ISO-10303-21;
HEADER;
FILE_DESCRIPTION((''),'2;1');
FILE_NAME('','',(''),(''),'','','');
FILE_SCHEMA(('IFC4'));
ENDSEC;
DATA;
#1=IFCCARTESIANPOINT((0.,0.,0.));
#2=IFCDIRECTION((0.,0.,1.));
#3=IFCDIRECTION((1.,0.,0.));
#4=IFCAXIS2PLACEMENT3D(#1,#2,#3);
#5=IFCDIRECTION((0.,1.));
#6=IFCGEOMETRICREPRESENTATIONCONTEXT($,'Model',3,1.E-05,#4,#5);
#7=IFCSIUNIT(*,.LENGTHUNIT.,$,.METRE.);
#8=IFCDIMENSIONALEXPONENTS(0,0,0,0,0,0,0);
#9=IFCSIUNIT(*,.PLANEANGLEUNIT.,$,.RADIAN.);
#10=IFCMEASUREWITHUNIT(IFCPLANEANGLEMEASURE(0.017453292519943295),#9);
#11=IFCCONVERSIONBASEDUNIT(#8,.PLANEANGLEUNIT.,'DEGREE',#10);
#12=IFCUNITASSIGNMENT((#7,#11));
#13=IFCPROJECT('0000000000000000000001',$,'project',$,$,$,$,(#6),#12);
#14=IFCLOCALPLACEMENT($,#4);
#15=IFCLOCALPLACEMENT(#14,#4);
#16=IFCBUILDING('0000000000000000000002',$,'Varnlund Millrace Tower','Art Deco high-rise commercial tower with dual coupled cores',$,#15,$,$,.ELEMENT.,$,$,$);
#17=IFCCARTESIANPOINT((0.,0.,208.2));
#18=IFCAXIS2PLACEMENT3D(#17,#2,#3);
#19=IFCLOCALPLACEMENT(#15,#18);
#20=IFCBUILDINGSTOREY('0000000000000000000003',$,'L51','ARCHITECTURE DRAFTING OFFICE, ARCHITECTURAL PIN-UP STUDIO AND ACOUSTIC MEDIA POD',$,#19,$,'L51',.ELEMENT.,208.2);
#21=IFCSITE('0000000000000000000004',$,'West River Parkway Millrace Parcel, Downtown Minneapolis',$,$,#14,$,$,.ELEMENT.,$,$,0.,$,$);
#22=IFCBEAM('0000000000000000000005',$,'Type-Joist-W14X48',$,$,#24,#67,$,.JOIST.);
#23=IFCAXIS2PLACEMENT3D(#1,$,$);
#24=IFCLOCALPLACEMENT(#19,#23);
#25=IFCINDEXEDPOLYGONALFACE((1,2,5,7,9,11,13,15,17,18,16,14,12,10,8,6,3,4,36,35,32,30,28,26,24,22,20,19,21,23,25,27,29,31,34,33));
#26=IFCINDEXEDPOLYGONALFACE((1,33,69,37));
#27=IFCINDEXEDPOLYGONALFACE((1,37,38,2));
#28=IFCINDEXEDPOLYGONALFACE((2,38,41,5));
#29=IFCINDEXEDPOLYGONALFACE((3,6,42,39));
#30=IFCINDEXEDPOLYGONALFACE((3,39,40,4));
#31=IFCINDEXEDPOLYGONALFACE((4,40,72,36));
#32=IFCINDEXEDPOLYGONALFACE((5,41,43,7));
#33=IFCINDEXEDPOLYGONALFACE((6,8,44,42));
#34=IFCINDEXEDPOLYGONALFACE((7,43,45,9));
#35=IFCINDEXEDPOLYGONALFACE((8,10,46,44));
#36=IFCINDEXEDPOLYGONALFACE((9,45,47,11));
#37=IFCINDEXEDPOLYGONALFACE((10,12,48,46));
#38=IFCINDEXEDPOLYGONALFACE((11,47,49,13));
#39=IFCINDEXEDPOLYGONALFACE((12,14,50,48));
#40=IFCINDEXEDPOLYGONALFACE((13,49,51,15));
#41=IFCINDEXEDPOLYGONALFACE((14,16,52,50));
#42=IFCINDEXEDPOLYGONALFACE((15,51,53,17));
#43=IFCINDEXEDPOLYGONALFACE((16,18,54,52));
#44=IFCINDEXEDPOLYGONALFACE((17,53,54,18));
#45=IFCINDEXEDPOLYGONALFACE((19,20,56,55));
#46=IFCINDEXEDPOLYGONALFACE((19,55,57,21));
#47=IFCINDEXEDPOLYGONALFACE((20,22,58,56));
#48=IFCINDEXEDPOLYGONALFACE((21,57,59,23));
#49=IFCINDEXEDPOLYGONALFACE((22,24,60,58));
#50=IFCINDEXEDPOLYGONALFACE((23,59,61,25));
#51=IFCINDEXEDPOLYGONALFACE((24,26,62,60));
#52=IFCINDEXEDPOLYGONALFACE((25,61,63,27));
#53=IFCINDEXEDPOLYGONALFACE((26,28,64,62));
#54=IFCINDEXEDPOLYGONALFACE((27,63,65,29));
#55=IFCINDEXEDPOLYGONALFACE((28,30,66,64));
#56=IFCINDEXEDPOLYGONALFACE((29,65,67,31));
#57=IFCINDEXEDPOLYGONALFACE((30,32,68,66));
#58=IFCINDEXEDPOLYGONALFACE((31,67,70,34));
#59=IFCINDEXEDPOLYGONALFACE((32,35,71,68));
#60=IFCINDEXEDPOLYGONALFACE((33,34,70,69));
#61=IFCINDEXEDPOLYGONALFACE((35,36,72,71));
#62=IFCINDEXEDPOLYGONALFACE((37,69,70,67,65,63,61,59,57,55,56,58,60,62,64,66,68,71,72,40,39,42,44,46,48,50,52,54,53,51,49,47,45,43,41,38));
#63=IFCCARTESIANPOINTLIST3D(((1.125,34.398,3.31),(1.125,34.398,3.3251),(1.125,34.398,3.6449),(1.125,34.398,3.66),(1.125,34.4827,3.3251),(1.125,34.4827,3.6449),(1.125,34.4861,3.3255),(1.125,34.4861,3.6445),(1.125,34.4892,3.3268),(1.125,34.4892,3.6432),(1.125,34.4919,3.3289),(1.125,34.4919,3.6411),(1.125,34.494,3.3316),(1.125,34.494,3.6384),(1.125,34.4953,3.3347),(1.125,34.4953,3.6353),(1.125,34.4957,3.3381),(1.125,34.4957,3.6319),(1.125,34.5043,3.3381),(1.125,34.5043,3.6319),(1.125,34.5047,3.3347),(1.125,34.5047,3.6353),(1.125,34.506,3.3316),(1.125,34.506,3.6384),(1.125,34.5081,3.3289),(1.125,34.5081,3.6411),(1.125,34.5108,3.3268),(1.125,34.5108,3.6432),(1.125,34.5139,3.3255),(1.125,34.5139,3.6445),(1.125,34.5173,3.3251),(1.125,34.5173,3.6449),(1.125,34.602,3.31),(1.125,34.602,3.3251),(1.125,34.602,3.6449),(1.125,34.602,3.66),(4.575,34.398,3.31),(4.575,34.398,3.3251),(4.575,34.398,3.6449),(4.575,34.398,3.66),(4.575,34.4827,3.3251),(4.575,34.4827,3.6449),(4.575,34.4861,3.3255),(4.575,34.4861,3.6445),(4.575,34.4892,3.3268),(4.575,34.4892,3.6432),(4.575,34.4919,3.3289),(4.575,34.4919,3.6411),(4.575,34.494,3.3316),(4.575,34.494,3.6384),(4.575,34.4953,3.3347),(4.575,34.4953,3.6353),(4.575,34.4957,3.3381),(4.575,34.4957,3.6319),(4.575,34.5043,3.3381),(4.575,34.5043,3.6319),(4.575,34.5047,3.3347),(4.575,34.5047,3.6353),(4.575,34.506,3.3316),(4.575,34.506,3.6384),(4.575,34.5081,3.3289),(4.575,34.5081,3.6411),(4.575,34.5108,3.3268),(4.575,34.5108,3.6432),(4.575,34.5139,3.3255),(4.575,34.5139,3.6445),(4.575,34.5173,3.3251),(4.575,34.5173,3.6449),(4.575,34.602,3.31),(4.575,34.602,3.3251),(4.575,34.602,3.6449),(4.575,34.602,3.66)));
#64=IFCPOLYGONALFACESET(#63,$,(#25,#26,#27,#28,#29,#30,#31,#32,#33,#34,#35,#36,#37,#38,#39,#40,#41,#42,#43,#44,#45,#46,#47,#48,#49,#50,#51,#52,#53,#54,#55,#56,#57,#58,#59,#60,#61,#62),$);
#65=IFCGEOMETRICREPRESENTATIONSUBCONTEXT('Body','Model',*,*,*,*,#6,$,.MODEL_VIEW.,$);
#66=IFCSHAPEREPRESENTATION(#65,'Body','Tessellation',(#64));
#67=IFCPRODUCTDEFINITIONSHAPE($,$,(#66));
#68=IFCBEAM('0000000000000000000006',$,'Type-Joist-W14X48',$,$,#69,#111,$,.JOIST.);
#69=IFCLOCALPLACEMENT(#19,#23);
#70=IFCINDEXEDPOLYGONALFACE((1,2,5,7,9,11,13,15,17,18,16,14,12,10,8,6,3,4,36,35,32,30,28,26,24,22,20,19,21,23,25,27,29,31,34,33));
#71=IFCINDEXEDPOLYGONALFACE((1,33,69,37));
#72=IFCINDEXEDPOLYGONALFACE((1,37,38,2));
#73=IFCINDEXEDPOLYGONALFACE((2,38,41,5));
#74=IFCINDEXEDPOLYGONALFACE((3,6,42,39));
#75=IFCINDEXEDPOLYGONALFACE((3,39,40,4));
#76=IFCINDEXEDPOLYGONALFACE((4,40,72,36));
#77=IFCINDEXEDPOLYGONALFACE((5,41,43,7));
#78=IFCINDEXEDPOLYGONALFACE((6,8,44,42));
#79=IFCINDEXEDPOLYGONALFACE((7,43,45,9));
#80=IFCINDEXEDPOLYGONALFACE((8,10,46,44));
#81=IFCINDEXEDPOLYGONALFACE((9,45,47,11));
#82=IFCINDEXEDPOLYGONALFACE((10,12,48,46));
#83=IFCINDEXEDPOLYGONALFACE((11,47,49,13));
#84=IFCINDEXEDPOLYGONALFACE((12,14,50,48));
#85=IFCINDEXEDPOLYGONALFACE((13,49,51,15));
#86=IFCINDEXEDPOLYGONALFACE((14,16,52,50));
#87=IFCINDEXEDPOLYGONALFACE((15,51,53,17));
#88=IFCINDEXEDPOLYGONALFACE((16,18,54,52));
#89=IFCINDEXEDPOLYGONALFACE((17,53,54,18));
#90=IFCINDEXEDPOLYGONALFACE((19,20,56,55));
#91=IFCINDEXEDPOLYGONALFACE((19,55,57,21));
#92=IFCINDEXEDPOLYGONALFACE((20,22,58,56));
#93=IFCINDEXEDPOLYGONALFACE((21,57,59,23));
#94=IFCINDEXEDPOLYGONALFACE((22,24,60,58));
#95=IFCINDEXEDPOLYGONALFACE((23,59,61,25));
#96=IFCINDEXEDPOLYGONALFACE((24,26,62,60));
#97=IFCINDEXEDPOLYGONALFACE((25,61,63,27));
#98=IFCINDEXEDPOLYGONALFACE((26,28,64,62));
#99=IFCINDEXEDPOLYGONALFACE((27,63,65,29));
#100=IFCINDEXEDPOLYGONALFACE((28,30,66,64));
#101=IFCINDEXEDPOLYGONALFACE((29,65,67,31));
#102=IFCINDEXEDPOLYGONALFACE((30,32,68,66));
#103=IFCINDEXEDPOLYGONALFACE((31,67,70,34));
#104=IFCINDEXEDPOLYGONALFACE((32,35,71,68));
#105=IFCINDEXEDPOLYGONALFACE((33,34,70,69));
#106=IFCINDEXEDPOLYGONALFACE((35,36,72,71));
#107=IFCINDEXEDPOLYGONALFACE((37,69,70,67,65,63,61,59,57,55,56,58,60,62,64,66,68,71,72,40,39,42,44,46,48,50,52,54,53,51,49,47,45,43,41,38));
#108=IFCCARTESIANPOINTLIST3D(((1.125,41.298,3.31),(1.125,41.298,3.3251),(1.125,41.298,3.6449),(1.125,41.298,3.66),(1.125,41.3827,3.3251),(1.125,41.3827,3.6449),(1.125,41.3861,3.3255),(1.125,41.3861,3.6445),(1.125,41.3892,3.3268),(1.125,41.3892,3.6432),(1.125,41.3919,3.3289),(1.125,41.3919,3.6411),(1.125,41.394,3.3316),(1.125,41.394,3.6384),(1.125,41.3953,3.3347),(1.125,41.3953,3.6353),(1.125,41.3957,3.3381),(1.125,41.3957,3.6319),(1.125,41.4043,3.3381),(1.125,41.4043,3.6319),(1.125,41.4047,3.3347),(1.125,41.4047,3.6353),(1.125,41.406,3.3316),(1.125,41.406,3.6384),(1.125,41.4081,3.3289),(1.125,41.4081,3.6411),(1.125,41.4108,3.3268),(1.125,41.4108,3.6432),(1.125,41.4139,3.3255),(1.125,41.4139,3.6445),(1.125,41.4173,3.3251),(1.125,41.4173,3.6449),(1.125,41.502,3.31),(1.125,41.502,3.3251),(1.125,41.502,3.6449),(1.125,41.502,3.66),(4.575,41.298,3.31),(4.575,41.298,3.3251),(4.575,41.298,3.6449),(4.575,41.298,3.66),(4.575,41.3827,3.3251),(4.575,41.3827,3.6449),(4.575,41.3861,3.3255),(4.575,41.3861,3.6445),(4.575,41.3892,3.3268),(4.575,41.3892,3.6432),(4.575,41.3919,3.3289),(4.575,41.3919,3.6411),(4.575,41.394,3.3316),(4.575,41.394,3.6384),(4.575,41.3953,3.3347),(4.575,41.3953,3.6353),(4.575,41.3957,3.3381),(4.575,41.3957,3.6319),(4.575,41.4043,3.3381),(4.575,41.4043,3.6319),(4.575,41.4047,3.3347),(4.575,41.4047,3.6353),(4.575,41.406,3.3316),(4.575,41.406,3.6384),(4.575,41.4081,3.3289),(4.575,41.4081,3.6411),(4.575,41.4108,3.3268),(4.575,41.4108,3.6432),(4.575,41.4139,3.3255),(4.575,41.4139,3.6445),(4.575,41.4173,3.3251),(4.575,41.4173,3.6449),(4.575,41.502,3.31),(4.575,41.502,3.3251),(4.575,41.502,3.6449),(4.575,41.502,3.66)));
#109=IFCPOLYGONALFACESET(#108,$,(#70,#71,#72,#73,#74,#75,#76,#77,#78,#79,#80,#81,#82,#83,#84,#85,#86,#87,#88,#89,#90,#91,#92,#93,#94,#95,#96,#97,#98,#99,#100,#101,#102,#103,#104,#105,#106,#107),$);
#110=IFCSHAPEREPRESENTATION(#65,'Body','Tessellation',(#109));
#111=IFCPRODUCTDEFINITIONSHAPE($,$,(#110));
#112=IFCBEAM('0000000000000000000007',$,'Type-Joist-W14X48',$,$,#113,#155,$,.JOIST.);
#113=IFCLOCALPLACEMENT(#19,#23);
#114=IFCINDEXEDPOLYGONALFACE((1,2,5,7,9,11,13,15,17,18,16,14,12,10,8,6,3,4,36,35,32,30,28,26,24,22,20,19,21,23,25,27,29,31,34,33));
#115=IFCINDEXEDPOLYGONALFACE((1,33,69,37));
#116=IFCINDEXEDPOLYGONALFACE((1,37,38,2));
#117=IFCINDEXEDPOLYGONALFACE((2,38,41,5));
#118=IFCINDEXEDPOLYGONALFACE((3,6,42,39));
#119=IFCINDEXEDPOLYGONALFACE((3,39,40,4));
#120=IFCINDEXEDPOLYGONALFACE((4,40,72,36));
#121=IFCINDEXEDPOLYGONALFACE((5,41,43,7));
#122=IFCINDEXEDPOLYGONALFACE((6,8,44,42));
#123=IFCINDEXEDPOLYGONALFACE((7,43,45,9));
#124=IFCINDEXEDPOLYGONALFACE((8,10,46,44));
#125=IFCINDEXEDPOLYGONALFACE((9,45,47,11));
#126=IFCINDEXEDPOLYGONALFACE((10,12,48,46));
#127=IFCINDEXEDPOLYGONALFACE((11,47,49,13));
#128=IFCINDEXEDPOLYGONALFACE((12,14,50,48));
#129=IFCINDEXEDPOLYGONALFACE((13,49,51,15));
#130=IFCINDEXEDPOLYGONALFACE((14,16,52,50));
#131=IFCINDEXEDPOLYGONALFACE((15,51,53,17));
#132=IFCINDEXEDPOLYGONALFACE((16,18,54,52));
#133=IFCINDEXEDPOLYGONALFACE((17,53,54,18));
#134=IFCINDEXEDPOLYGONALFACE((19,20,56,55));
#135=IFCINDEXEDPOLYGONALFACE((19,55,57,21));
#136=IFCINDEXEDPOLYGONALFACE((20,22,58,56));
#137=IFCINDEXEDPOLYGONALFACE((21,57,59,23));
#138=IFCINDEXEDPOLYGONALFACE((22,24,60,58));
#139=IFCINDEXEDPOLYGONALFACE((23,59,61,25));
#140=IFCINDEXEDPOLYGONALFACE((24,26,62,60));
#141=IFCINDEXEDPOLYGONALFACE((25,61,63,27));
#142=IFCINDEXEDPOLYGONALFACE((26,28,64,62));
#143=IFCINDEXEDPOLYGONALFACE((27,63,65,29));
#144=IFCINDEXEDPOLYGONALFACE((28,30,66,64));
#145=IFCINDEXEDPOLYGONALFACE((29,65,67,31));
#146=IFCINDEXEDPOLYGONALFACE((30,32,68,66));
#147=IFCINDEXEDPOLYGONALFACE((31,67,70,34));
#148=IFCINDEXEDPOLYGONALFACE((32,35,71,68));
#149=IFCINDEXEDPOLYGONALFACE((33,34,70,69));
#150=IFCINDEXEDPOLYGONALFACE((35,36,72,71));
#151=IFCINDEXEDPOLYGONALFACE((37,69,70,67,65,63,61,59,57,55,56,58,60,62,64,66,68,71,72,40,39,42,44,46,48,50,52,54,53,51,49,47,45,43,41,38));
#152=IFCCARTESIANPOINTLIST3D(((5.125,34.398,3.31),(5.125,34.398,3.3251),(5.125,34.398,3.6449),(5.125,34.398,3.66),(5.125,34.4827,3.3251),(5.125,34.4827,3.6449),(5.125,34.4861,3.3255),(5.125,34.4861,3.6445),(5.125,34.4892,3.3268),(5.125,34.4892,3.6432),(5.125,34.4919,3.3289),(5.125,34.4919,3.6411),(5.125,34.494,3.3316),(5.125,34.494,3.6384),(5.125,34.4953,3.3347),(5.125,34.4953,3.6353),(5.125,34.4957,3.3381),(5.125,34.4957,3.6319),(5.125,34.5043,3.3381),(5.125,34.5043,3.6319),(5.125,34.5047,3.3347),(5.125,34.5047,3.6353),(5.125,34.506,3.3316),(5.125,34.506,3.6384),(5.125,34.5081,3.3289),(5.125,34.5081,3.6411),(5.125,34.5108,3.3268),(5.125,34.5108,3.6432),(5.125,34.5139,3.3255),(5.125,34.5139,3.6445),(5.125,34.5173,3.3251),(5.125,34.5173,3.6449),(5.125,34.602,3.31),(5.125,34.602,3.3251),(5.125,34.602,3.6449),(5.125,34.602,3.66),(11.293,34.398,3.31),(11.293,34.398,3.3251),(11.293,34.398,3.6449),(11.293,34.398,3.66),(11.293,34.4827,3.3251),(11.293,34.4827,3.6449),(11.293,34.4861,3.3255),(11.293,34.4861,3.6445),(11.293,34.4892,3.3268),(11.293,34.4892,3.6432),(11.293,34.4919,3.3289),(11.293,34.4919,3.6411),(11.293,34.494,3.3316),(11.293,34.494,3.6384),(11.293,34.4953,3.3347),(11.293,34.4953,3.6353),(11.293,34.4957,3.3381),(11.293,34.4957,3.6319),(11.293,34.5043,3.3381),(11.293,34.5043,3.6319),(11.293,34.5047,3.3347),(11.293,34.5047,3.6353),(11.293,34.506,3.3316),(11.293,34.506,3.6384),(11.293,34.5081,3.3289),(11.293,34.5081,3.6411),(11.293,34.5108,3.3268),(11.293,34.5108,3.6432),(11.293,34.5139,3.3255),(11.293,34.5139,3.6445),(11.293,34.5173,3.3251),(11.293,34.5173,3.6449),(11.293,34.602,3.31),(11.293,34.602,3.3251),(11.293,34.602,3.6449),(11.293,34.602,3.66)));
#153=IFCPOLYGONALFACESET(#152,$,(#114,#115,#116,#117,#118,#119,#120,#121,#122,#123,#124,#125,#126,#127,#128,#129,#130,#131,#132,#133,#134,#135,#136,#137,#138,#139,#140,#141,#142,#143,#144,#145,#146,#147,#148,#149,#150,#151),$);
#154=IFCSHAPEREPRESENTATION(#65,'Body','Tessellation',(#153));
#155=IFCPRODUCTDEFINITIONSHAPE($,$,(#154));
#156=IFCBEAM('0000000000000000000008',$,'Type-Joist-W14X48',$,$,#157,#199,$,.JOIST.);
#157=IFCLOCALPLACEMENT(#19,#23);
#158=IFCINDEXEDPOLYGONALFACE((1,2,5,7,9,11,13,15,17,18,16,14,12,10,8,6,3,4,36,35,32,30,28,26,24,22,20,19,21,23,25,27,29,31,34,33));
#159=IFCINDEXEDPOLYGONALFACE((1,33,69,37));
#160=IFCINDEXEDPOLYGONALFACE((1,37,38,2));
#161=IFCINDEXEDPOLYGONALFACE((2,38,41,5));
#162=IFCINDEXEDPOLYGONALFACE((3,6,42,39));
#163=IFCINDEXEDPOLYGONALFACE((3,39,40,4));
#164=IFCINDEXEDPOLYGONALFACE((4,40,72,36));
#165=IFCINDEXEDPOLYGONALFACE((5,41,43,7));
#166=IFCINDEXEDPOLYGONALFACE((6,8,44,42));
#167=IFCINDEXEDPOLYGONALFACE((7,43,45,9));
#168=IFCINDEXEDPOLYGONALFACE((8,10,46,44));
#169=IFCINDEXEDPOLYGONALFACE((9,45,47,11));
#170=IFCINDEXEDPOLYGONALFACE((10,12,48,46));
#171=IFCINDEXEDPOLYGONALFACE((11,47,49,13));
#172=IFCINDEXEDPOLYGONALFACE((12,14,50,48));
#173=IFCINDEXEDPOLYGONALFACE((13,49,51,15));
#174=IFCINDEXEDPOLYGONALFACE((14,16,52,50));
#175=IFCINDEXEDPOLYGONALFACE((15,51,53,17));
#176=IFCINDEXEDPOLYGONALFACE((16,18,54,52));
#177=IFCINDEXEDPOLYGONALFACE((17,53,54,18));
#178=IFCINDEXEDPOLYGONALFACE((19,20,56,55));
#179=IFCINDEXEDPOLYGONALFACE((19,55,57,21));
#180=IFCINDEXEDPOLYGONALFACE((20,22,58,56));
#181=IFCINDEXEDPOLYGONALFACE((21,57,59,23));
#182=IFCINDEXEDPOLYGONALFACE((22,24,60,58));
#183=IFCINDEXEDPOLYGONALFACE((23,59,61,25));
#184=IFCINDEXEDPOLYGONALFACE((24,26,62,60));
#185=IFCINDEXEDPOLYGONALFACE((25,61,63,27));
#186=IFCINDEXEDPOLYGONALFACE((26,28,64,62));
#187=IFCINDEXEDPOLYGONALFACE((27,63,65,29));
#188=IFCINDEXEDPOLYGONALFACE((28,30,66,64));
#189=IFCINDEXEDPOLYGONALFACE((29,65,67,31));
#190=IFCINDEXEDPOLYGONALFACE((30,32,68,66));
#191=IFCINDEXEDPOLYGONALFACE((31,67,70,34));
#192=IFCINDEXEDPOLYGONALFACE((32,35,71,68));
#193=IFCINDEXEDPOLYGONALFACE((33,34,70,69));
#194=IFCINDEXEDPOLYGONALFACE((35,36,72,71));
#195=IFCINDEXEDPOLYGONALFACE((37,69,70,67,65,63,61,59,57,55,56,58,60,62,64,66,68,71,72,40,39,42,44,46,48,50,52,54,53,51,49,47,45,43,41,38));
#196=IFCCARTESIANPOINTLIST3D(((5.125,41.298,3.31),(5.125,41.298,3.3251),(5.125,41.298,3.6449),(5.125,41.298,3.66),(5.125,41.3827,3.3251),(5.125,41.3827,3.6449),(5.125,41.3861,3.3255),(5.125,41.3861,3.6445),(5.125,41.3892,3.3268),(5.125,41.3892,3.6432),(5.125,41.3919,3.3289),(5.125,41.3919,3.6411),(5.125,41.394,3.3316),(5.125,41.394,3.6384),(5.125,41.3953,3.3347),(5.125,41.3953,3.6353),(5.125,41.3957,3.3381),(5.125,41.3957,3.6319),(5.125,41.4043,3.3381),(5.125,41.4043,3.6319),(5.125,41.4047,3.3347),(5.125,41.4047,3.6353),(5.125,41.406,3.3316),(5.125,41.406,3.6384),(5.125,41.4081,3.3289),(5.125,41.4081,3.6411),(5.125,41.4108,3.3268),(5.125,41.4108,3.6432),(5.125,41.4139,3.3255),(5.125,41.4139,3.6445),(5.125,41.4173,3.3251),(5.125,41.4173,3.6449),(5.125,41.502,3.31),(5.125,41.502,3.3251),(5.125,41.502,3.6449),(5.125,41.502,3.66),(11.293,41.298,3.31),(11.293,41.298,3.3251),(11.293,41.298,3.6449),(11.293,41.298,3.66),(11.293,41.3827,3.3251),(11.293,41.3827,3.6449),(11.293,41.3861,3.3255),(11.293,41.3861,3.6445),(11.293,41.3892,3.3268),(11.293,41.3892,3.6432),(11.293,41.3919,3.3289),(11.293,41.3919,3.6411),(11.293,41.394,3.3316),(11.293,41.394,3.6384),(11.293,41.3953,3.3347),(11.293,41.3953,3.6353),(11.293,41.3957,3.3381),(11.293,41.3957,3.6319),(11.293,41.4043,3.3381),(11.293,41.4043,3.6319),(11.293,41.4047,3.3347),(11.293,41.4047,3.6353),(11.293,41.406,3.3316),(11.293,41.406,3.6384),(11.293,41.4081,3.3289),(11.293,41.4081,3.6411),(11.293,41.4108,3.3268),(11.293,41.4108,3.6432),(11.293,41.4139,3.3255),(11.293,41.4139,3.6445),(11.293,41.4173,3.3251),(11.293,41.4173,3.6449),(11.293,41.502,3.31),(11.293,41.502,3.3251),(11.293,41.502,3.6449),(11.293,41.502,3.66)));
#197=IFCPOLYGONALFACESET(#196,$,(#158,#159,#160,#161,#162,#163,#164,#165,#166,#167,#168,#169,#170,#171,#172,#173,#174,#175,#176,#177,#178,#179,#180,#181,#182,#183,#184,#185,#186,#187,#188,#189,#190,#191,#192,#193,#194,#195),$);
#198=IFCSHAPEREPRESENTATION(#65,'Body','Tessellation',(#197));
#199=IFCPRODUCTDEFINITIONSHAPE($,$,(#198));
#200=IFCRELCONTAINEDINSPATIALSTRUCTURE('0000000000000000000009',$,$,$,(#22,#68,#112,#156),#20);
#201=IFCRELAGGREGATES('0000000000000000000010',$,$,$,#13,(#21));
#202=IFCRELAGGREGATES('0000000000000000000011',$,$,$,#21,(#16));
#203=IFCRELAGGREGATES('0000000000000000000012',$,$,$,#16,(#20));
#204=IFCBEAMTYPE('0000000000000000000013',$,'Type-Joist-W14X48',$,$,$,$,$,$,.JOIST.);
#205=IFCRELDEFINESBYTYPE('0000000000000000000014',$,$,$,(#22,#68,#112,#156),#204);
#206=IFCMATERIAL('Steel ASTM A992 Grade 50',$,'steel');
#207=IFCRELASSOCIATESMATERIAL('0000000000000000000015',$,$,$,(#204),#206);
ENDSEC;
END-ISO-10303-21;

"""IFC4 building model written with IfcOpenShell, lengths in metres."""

from ifc_helpers import new_model, entity, si_unit, converted_unit, direction, frame, origin_with_axes, origin_2d_with_axis, place, context, subcontext, project, spatial, i_section, extrude, material, material_profile, profile_set, type_object, element, save


model = new_model("IFC4")

# Units and contexts
model_context = context("Model", 3, precision=1e-05, world=origin_with_axes(), true_north=direction((0.0, 1.0)))
body_context = subcontext(model_context, "Body", "Model", "MODEL_VIEW")
ifc_project = project(units=[si_unit("LENGTHUNIT", "METRE"), converted_unit("PLANEANGLEUNIT", "DEGREE", entity("IfcPlaneAngleMeasure", 0.017453292519943295), si_unit("PLANEANGLEUNIT", "RADIAN"), dimensions=[0, 0, 0, 0, 0, 0, 0])], contexts=[model_context])

# Site, building, storey
site_placement = place(None, origin_with_axes())
site = spatial("IfcSite", under=ifc_project, at=site_placement, Name="West River Parkway Millrace Parcel, Downtown Minneapolis", CompositionType="ELEMENT", RefElevation=0.0)
building_placement = place(site_placement, origin_with_axes())
building = spatial("IfcBuilding", under=site, at=building_placement, Name="Varnlund Millrace Tower", Description="Art Deco high-rise commercial tower with dual coupled cores", CompositionType="ELEMENT")
storey_placement = place(building_placement, frame((0.0, 0.0, 208.2), z_axis=(0.0, 0.0, 1.0), x_axis=(1.0, 0.0, 0.0)))
storey = spatial("IfcBuildingStorey", under=building, at=storey_placement, Name="L51", Description="ARCHITECTURE DRAFTING OFFICE, ARCHITECTURAL PIN-UP STUDIO AND ACOUSTIC MEDIA POD", LongName="L51", CompositionType="ELEMENT", Elevation=208.2)

# Beams
ifc_material_1 = material(Name="Steel ASTM A992 Grade 50", Category="steel")
ifc_material_profile_1 = material_profile(ifc_material_1, i_section(OverallWidth=0.204, OverallDepth=0.35, WebThickness=0.0086, FlangeThickness=0.0151, FilletRadius=0.013, at=origin_2d_with_axis()), Name="Steel ASTM A992 Grade 50")
ifc_profile_set_1 = profile_set([ifc_material_profile_1], Name="Steel ASTM A992 Grade 50")
beam_type_1 = type_object("IfcBeamType", Name="Type-Joist-W14X48", PredefinedType="JOIST", material=ifc_profile_set_1)
for number, where, z_axis, x_axis, name in (
    (1, (1.125, 34.5, 3.485), (1.0, 0.0, 0.0), (0.0, 1.0, 0.0), "Type-Joist-W14X48"),
    (2, (1.125, 41.4, 3.485), (1.0, 0.0, 0.0), (0.0, 1.0, 0.0), "Type-Joist-W14X48"),
):
    element("IfcBeam", number, at=place(storey_placement, frame(where, z_axis=z_axis, x_axis=x_axis)), inside=storey, type_object=beam_type_1, Name=name, PredefinedType="JOIST", context=body_context, shape_type="SweptSolid", body=[
        extrude(i_section(OverallWidth=0.204, OverallDepth=0.35, WebThickness=0.0086, FlangeThickness=0.0151, FilletRadius=0.013, at=origin_2d_with_axis()), origin_with_axes(), (0.0, 0.0, 1.0), 3.45),
    ])
for number, where, z_axis, x_axis, name in (
    (3, (5.125, 34.5, 3.485), (1.0, 0.0, 0.0), (0.0, 1.0, 0.0), "Type-Joist-W14X48"),
    (4, (5.125, 41.4, 3.485), (1.0, 0.0, 0.0), (0.0, 1.0, 0.0), "Type-Joist-W14X48"),
):
    element("IfcBeam", number, at=place(storey_placement, frame(where, z_axis=z_axis, x_axis=x_axis)), inside=storey, type_object=beam_type_1, Name=name, PredefinedType="JOIST", context=body_context, shape_type="SweptSolid", body=[
        extrude(i_section(OverallWidth=0.204, OverallDepth=0.35, WebThickness=0.0086, FlangeThickness=0.0151, FilletRadius=0.013, at=origin_2d_with_axis()), origin_with_axes(), (0.0, 0.0, 1.0), 6.168),
    ])

save(model, "model.ifc")
